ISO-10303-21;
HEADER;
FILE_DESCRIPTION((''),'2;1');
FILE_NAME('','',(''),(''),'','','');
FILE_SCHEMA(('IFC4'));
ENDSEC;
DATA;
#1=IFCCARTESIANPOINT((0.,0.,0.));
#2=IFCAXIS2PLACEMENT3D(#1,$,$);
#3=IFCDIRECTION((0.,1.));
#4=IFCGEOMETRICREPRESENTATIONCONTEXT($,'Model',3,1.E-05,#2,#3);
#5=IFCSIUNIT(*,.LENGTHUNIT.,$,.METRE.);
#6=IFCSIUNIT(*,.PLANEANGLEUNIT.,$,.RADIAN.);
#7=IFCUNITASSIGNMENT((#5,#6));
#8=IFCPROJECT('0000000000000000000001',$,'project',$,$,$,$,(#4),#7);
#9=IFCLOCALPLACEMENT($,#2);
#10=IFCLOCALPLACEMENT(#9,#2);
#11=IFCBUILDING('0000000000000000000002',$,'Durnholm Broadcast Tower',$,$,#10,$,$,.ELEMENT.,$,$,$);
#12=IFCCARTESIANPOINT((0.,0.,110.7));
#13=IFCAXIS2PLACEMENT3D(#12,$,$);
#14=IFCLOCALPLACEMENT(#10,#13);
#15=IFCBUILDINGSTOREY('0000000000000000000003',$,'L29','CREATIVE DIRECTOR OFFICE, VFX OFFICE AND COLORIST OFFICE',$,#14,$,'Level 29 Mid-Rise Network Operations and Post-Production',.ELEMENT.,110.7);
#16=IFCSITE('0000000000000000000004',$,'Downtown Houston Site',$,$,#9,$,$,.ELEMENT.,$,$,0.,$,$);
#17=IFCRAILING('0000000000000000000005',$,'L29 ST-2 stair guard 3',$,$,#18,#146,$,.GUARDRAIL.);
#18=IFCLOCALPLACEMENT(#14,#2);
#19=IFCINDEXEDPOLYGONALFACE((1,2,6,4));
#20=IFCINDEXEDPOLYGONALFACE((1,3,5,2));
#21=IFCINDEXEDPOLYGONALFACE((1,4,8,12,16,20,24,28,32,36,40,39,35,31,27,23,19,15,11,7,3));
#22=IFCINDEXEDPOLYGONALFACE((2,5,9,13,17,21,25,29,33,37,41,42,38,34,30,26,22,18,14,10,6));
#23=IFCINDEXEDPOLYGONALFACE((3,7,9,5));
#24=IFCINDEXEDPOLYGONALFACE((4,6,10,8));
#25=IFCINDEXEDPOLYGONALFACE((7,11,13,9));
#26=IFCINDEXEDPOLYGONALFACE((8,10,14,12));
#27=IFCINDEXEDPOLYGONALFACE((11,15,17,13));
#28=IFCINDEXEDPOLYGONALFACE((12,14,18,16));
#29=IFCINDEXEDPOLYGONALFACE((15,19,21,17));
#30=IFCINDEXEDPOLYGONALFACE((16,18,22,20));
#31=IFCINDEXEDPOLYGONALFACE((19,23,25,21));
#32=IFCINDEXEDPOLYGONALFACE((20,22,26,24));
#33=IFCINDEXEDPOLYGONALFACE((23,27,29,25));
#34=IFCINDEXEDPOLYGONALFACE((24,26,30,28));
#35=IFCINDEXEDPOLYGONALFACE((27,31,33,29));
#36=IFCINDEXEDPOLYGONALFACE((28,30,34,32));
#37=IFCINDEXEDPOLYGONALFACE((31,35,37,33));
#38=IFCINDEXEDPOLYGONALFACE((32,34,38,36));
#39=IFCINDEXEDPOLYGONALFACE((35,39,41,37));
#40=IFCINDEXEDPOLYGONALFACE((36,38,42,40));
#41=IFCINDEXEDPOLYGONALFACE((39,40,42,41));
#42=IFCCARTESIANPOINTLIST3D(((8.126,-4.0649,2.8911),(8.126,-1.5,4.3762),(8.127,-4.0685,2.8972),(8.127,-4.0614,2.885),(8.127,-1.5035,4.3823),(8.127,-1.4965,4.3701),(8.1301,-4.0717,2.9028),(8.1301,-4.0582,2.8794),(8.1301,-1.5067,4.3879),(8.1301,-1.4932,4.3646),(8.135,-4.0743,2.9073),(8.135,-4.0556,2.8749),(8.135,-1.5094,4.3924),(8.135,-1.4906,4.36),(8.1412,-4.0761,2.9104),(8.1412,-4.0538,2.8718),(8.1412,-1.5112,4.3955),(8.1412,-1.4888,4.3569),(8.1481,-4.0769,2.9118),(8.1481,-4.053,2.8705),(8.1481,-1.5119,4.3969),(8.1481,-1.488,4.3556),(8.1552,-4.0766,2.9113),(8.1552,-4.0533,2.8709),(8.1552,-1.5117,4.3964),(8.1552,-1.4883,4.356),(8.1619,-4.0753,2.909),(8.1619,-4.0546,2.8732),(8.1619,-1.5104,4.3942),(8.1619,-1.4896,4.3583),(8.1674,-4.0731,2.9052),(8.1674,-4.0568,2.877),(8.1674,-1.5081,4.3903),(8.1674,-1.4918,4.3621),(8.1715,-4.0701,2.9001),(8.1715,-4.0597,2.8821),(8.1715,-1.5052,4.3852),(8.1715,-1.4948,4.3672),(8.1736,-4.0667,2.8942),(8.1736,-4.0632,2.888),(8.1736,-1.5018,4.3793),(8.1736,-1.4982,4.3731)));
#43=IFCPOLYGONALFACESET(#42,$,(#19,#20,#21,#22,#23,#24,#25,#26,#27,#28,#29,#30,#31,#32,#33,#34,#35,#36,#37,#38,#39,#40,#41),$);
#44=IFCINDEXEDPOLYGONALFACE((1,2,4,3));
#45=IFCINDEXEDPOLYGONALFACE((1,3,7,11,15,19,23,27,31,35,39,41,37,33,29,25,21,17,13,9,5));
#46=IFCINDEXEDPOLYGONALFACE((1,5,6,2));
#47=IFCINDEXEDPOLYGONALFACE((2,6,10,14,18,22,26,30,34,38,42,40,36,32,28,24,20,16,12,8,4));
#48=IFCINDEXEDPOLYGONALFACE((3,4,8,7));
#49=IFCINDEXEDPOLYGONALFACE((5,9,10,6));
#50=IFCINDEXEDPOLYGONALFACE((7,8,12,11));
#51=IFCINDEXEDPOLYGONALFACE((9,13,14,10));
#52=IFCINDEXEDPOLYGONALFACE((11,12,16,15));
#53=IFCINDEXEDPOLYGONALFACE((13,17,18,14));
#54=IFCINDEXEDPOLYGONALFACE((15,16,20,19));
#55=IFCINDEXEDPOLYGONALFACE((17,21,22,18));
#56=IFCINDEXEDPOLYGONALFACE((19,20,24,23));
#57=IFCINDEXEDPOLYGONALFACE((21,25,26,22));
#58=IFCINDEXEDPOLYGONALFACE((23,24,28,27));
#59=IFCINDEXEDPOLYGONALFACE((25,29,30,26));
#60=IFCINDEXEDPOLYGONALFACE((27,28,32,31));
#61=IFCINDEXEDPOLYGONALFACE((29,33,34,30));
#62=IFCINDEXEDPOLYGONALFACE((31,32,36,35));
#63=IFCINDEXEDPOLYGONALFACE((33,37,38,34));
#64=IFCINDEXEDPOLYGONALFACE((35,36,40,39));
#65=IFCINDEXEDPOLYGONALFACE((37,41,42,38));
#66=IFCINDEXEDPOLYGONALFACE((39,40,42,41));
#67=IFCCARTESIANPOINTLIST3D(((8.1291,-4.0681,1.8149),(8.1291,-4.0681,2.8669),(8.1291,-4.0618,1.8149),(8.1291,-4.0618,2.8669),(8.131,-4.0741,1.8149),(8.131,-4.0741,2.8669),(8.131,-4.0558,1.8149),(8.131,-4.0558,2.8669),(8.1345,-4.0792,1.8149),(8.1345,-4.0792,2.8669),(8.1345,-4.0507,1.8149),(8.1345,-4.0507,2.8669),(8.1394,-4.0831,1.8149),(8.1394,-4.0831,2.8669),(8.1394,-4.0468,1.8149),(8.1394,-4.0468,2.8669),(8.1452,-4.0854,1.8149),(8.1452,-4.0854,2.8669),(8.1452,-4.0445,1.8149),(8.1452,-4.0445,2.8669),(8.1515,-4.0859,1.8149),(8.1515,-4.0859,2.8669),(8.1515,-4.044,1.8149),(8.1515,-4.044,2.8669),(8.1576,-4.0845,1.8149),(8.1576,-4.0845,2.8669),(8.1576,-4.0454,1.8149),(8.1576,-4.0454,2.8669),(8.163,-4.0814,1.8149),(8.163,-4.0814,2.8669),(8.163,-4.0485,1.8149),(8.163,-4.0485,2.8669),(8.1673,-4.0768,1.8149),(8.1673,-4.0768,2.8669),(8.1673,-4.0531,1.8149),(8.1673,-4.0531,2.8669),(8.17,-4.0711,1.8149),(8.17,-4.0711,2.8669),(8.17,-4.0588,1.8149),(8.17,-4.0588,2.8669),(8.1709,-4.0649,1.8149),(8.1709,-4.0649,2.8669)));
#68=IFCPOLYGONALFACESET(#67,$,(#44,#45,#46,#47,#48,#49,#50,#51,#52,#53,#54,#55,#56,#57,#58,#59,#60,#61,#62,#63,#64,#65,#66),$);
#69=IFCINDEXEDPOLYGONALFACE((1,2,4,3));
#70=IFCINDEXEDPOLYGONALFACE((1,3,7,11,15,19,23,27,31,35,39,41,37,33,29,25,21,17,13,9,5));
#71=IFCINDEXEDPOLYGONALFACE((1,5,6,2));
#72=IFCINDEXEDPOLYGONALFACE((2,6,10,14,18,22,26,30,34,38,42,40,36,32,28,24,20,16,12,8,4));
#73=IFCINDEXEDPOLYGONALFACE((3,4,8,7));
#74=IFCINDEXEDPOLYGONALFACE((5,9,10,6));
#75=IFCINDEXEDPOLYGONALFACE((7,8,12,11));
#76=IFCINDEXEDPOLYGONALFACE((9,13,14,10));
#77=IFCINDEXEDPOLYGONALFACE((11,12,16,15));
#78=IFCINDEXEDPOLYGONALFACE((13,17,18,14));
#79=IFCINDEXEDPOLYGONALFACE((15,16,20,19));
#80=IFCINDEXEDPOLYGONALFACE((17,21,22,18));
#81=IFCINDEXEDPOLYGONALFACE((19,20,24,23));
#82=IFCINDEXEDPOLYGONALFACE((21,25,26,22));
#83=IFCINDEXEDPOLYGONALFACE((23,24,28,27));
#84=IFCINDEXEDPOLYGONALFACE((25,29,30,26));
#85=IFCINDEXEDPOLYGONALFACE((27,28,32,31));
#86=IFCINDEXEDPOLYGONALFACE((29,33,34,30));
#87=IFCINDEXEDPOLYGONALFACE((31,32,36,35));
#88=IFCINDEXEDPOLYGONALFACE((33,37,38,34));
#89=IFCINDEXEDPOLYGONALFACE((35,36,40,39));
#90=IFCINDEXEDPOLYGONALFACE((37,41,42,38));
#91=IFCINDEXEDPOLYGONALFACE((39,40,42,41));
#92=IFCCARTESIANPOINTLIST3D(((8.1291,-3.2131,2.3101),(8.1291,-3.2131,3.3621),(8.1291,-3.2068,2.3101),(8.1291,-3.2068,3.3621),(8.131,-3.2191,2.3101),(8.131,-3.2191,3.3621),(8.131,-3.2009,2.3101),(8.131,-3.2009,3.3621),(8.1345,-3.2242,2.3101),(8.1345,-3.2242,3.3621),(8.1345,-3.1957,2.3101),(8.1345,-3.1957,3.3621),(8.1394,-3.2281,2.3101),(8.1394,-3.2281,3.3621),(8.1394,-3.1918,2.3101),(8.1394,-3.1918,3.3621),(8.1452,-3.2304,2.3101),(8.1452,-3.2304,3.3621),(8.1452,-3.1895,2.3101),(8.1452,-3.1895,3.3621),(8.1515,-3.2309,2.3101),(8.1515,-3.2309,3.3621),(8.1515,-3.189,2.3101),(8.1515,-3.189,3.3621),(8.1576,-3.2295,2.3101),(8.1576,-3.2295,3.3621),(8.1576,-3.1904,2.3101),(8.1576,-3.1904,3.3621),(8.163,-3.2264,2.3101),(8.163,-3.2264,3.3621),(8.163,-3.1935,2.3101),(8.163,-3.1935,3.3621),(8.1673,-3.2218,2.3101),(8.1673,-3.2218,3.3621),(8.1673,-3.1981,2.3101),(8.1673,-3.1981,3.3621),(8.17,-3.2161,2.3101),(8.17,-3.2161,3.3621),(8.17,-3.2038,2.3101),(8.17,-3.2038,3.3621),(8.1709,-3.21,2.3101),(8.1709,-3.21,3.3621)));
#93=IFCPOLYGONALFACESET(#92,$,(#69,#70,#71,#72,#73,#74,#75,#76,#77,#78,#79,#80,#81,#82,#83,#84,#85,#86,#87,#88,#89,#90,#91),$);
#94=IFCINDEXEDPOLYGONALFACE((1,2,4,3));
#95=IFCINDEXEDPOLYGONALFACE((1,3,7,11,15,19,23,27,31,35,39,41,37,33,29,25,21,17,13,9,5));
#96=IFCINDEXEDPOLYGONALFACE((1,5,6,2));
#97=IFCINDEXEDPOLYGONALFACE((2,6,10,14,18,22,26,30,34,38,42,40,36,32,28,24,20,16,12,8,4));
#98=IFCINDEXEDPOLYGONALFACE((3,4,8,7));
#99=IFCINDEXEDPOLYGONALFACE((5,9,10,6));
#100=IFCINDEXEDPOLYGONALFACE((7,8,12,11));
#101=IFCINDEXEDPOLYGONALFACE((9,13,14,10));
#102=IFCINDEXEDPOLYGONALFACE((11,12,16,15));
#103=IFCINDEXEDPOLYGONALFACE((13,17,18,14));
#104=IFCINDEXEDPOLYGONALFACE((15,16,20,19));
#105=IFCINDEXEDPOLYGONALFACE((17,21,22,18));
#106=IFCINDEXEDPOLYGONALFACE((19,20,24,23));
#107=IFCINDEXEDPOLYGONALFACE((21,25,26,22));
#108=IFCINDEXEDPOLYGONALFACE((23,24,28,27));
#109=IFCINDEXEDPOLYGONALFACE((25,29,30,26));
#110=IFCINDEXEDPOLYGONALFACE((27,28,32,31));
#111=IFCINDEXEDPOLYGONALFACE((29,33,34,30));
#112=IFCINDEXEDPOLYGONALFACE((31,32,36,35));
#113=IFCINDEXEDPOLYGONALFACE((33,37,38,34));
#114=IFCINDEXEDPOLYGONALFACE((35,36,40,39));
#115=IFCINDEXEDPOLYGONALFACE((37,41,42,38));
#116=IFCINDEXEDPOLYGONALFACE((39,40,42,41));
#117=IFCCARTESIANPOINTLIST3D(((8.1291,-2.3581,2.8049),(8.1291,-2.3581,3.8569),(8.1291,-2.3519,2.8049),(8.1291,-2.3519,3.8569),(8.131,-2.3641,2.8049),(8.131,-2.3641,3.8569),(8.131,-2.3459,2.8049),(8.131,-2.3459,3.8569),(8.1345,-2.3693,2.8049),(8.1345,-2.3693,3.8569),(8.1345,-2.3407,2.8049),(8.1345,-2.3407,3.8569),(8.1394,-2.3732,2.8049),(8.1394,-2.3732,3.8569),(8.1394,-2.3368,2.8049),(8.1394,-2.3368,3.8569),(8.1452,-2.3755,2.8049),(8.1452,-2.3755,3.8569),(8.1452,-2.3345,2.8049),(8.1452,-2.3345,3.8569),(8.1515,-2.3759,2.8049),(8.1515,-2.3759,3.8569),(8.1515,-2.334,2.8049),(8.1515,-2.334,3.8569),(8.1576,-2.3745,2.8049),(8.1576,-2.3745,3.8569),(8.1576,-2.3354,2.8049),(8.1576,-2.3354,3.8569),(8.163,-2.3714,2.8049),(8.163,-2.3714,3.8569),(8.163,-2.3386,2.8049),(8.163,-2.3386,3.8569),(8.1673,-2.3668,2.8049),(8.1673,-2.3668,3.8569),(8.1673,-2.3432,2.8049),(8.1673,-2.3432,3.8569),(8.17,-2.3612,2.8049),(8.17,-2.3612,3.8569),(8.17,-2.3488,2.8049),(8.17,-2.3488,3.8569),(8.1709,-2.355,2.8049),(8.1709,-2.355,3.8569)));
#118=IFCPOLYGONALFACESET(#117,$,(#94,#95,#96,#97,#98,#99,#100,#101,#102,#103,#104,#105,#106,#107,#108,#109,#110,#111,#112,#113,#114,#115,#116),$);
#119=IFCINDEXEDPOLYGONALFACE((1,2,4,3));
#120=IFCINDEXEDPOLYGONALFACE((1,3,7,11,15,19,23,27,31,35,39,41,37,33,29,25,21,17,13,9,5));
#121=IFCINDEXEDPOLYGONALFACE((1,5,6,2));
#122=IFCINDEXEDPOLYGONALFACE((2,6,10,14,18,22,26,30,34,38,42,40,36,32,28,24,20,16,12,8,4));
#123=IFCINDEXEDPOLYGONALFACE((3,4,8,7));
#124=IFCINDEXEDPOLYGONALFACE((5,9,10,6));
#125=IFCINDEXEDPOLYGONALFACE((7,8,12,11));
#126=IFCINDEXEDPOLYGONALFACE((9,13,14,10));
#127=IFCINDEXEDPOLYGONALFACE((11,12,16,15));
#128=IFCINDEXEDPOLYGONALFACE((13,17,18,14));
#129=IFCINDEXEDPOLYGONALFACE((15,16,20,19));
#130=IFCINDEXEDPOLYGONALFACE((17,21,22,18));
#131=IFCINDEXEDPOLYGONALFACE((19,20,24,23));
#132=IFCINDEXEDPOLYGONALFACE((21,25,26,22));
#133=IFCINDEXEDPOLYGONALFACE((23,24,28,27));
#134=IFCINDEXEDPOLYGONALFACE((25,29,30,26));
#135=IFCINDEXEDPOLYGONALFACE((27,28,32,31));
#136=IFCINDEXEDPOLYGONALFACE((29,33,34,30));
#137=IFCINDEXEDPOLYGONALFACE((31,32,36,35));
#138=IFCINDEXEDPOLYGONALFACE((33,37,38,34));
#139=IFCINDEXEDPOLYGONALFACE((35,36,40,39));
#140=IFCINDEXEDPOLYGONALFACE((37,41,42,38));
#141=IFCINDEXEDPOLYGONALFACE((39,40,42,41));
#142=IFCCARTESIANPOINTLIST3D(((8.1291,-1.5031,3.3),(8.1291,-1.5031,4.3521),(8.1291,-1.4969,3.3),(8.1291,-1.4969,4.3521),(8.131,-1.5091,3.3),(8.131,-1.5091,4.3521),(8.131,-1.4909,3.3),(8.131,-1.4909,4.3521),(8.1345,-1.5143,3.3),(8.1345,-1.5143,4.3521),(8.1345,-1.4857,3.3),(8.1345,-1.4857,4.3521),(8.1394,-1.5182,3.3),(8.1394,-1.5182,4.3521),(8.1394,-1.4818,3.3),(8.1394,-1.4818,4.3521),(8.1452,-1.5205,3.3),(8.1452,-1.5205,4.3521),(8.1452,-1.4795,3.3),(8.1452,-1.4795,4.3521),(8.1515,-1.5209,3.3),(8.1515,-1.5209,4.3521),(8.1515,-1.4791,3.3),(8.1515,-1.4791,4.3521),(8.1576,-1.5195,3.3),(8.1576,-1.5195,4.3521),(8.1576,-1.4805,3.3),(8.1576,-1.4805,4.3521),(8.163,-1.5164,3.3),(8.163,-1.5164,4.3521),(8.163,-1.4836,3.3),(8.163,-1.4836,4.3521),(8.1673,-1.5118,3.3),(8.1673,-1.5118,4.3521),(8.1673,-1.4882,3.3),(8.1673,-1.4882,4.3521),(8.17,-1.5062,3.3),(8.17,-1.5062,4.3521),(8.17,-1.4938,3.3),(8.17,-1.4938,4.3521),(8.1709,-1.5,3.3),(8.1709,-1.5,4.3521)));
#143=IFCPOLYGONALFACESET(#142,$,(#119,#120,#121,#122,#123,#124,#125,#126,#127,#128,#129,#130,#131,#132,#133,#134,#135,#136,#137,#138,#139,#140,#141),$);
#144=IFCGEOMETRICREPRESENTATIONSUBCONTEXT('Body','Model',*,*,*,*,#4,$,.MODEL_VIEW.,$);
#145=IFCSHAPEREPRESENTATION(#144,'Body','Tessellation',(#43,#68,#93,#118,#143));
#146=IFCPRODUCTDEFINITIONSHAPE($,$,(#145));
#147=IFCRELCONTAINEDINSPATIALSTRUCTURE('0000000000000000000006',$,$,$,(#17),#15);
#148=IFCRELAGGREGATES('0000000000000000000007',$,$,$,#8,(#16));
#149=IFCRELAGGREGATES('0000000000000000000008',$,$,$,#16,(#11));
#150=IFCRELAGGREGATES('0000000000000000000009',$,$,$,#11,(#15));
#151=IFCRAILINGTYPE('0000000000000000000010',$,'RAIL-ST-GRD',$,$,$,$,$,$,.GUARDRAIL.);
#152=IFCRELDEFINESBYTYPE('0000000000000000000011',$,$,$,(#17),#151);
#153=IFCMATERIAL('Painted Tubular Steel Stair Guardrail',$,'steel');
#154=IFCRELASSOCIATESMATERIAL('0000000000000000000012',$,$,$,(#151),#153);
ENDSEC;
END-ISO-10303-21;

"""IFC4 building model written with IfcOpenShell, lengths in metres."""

from ifc_helpers import new_model, si_unit, direction, frame, origin, origin_2d, place, context, subcontext, project, spatial, circle, extrude, material, type_object, element, save


model = new_model("IFC4")

# Units and contexts
model_context = context("Model", 3, precision=1e-05, world=origin(), true_north=direction((0.0, 1.0)))
body_context = subcontext(model_context, "Body", "Model", "MODEL_VIEW")
ifc_project = project(units=[si_unit("LENGTHUNIT", "METRE"), si_unit("PLANEANGLEUNIT", "RADIAN")], contexts=[model_context])

# Site, building, storey
site_placement = place(None, origin())
site = spatial("IfcSite", under=ifc_project, at=site_placement, Name="Downtown Houston Site", CompositionType="ELEMENT", RefElevation=0.0)
building_placement = place(site_placement, origin())
building = spatial("IfcBuilding", under=site, at=building_placement, Name="Durnholm Broadcast Tower", CompositionType="ELEMENT")
storey_placement = place(building_placement, frame((0.0, 0.0, 110.7)))
storey = spatial("IfcBuildingStorey", under=building, at=storey_placement, Name="L29", Description="CREATIVE DIRECTOR OFFICE, VFX OFFICE AND COLORIST OFFICE", LongName="Level 29 Mid-Rise Network Operations and Post-Production", CompositionType="ELEMENT", Elevation=110.7)

# Railing
ifc_material_1 = material(Name="Painted Tubular Steel Stair Guardrail", Category="steel")
railing_type_1 = type_object("IfcRailingType", Name="RAIL-ST-GRD", PredefinedType="GUARDRAIL", material=ifc_material_1)
railing_1_placement = place(storey_placement, frame((8.1499, -4.0649, 1.8149)))
element("IfcRailing", 1, at=railing_1_placement, inside=storey, type_object=railing_type_1, Name="L29 ST-2 stair guard 3", PredefinedType="GUARDRAIL", context=body_context, shape_type="SweptSolid", body=[
    extrude(circle(Radius=0.0239, at=origin_2d()), frame((0.0, 0.0, 1.0762), z_axis=(0.0, 0.865406, 0.501072), x_axis=(-1.0, 0.0, 0.0)), (0.0, 0.0, 1.0), 2.9639),
    extrude(circle(Radius=0.021, at=origin_2d()), origin(), (0.0, 0.0, 1.0), 1.052),
    extrude(circle(Radius=0.021, at=origin_2d()), frame((0.0, 0.855, 0.4951)), (0.0, 0.0, 1.0), 1.052),
    extrude(circle(Radius=0.021, at=origin_2d()), frame((0.0, 1.71, 0.99)), (0.0, 0.0, 1.0), 1.052),
    extrude(circle(Radius=0.021, at=origin_2d()), frame((0.0, 2.5649, 1.4851)), (0.0, 0.0, 1.0), 1.052),
])

save(model, "model.ifc")
